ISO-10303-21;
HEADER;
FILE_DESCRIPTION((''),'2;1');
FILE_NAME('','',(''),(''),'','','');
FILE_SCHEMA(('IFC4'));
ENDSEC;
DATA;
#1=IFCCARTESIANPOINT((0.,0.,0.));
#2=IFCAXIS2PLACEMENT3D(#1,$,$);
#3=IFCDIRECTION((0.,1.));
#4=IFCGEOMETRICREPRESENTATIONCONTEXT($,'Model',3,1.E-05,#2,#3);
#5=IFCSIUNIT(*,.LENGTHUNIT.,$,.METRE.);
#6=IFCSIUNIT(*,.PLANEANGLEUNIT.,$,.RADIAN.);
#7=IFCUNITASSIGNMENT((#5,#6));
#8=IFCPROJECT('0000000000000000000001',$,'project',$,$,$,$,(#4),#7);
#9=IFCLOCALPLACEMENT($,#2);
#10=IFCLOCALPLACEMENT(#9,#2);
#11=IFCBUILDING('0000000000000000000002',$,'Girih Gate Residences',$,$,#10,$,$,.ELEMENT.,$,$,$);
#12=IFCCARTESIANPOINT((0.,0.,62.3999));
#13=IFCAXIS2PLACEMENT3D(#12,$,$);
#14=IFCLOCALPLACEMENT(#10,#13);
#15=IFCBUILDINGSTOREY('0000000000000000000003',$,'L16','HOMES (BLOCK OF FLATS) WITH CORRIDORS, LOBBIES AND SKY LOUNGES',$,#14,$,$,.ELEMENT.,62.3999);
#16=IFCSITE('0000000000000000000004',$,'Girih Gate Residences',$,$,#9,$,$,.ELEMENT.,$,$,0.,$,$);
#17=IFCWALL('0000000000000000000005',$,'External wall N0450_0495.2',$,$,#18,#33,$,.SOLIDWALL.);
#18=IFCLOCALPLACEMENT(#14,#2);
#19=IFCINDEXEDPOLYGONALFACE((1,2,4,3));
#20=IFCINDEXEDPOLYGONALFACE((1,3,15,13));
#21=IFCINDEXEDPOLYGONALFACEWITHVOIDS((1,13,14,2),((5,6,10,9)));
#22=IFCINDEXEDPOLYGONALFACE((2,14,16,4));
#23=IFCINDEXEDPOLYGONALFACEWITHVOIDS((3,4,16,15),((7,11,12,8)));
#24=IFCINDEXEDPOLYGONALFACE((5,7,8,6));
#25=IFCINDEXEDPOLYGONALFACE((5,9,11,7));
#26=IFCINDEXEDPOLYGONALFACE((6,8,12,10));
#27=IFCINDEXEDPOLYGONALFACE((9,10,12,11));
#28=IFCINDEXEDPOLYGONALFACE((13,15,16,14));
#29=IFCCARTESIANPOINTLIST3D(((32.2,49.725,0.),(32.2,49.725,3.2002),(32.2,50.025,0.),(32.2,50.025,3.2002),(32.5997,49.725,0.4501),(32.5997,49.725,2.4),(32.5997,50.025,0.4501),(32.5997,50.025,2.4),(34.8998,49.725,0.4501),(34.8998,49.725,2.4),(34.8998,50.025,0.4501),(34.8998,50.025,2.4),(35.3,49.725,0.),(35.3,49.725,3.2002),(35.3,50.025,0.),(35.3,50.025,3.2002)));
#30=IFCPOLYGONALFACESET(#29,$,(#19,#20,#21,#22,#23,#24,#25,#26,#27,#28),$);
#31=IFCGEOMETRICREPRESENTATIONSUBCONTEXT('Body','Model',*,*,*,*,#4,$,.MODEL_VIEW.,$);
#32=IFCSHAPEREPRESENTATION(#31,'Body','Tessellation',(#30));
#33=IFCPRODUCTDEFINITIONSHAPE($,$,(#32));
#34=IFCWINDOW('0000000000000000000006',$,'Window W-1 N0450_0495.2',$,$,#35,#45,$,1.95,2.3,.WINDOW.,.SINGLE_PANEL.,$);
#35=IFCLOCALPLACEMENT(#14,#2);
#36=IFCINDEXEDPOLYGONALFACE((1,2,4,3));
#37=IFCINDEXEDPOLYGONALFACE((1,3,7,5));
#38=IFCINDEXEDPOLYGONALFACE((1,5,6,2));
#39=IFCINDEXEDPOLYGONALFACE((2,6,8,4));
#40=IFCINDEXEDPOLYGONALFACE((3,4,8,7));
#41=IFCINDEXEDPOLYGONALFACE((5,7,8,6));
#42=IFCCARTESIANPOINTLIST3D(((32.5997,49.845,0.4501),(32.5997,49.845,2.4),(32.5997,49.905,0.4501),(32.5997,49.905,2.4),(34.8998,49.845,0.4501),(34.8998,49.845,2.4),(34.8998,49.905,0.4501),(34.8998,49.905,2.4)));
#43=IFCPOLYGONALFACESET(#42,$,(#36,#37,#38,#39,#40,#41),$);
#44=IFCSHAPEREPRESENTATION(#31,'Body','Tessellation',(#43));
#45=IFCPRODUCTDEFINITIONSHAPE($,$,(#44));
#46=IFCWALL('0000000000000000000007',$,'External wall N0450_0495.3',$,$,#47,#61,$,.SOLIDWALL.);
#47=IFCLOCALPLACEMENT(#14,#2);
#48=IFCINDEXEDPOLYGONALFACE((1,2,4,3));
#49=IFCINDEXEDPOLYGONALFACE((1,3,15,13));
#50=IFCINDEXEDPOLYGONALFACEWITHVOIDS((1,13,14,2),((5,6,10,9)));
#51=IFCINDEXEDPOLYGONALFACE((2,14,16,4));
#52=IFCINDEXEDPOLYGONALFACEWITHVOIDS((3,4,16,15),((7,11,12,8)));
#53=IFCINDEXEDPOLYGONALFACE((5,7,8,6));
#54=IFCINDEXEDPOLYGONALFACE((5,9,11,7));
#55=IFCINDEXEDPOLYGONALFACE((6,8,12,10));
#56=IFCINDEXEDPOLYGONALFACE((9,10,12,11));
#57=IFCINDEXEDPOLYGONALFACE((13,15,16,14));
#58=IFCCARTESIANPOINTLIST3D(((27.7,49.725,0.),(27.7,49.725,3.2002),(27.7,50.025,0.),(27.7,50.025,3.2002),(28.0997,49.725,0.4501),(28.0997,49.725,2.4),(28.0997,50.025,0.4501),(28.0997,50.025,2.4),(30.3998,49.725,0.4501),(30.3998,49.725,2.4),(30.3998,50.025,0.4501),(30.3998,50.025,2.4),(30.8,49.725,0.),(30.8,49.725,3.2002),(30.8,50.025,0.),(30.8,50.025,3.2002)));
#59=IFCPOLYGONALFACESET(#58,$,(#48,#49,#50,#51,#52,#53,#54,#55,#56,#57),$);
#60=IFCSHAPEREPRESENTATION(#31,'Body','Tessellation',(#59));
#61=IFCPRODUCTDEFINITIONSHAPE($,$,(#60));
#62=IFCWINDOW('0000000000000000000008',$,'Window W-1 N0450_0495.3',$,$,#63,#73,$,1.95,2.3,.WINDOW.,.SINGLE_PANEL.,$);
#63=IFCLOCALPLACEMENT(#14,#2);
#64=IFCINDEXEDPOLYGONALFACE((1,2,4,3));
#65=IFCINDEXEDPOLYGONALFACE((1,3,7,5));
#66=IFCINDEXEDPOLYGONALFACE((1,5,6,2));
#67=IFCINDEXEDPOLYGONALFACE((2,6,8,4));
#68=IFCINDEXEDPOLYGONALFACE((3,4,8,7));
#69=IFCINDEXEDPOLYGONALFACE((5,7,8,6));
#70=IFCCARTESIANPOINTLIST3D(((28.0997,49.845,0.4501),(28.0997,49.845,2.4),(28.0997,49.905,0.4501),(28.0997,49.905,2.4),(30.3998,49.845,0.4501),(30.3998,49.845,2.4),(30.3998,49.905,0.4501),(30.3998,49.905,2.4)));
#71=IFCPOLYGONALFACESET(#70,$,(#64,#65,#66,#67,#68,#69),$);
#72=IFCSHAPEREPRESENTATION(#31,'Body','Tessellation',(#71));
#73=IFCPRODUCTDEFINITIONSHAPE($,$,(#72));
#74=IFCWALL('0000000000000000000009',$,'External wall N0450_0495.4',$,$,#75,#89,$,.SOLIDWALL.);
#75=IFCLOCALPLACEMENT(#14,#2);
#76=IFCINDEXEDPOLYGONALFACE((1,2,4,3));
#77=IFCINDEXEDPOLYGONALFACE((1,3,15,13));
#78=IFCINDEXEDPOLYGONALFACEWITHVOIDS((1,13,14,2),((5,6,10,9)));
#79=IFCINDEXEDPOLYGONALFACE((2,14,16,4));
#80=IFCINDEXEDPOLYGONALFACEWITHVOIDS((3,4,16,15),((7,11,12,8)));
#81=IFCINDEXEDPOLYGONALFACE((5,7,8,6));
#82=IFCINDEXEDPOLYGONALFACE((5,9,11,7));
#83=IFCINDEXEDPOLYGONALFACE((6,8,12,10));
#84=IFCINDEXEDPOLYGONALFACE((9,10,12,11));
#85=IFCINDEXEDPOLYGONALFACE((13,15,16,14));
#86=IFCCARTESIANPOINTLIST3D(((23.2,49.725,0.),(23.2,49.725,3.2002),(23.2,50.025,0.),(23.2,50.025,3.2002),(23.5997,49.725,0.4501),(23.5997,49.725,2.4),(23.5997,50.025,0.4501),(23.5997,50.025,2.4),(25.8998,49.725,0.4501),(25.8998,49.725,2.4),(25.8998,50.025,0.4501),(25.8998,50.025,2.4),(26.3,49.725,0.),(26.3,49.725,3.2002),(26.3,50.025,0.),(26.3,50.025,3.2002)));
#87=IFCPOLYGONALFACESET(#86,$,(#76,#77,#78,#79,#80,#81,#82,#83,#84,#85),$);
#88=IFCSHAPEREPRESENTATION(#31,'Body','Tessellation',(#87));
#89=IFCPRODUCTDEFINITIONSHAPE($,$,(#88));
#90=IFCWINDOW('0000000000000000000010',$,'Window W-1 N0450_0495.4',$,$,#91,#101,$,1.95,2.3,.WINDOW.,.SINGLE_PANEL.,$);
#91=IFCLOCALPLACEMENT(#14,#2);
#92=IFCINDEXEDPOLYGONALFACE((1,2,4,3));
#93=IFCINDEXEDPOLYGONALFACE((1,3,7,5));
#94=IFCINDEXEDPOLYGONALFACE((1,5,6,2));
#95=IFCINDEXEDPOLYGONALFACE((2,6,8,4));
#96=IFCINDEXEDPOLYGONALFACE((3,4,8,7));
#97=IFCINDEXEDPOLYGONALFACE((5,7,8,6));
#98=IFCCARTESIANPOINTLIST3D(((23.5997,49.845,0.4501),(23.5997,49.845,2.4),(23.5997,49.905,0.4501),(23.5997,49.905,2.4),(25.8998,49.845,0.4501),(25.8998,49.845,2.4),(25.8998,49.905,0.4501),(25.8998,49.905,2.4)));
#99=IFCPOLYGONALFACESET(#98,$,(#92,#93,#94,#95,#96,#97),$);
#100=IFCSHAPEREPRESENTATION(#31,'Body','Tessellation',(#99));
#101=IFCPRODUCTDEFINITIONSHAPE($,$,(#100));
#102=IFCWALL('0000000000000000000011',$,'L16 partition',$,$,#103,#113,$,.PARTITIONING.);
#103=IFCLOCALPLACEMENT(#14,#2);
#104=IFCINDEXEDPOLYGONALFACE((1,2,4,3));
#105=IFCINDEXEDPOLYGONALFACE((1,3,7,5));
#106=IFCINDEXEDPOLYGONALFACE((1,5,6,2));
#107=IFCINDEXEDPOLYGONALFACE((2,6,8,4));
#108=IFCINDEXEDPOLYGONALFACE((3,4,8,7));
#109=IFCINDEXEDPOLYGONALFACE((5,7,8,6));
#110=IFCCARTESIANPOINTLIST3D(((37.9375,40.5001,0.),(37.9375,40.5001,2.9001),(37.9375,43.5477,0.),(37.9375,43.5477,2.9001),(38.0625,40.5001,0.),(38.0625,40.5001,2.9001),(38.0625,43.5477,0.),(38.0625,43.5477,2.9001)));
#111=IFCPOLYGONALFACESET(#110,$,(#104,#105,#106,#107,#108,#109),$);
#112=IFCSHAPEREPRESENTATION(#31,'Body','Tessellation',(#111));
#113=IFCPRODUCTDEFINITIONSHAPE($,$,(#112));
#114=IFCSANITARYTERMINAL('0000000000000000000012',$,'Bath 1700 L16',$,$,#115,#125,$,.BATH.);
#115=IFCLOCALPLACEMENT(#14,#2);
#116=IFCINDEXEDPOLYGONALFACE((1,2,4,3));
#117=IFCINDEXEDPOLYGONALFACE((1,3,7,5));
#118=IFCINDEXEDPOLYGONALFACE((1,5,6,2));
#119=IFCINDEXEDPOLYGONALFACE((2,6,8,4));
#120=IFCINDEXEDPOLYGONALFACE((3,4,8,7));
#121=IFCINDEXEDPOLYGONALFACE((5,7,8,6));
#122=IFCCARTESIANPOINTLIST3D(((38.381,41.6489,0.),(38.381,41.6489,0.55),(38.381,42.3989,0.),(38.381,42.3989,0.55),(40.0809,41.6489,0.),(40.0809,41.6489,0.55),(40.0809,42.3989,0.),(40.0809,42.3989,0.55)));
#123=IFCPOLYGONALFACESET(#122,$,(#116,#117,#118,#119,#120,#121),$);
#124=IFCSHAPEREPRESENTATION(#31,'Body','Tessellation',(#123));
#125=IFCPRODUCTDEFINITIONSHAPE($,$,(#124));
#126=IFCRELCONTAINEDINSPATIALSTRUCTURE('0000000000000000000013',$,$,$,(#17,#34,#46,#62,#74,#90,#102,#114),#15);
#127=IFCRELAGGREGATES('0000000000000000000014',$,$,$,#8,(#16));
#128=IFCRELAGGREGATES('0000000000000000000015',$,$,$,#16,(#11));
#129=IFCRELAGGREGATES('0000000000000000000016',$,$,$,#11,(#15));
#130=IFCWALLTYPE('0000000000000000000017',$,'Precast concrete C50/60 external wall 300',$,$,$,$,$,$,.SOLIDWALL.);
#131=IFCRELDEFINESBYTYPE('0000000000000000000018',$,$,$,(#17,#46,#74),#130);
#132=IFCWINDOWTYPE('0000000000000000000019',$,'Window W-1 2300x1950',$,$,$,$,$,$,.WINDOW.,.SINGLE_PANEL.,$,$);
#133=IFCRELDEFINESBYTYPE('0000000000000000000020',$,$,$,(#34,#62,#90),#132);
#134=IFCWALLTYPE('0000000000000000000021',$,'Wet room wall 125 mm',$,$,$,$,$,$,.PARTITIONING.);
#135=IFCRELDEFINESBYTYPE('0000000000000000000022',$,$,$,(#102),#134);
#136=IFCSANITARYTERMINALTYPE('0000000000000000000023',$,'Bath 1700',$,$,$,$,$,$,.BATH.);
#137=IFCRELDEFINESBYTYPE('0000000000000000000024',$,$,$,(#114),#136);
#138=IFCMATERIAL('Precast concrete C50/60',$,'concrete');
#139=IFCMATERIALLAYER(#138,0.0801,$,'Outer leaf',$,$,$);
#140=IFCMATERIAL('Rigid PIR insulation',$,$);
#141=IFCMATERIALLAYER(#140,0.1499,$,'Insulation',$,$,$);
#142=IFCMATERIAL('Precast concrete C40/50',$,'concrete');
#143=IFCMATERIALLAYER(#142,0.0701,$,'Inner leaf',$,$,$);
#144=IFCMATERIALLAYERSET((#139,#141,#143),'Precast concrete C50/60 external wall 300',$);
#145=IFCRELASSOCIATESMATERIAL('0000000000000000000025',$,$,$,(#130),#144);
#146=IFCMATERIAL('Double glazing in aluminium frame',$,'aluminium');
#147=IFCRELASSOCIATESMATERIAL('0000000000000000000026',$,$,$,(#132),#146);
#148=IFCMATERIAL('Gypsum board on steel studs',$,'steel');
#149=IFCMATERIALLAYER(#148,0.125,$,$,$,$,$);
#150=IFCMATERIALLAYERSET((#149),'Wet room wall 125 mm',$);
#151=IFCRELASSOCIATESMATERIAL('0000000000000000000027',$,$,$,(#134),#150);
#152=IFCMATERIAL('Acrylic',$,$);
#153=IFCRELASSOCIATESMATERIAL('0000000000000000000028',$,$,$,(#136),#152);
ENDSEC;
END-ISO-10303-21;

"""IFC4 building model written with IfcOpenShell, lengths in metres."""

from ifc_helpers import new_model, si_unit, direction, frame, frame_2d, origin, origin_2d, place, context, subcontext, project, spatial, rectangle, extrude, material, layer, layer_set, type_object, element, fill, save


model = new_model("IFC4")

# Units and contexts
model_context = context("Model", 3, precision=1e-05, world=origin(), true_north=direction((0.0, 1.0)))
body_context = subcontext(model_context, "Body", "Model", "MODEL_VIEW")
ifc_project = project(units=[si_unit("LENGTHUNIT", "METRE"), si_unit("PLANEANGLEUNIT", "RADIAN")], contexts=[model_context])

# Site, building, storey
site_placement = place(None, origin())
site = spatial("IfcSite", under=ifc_project, at=site_placement, Name="Girih Gate Residences", CompositionType="ELEMENT", RefElevation=0.0)
building_placement = place(site_placement, origin())
building = spatial("IfcBuilding", under=site, at=building_placement, Name="Girih Gate Residences", CompositionType="ELEMENT")
storey_placement = place(building_placement, frame((0.0, 0.0, 62.3999)))
storey = spatial("IfcBuildingStorey", under=building, at=storey_placement, Name="L16", Description="HOMES (BLOCK OF FLATS) WITH CORRIDORS, LOBBIES AND SKY LOUNGES", CompositionType="ELEMENT", Elevation=62.3999)

# Shared definitions
ifc_material_1 = material(Name="Gypsum board on steel studs", Category="steel")

# Walls, openings, windows
ifc_material_2 = material(Name="Precast concrete C50/60", Category="concrete")
ifc_layer_1 = layer(ifc_material_2, 0.0801, Name="Outer leaf")
ifc_material_3 = material(Name="Rigid PIR insulation")
ifc_layer_2 = layer(ifc_material_3, 0.1499, Name="Insulation")
ifc_material_4 = material(Name="Precast concrete C40/50", Category="concrete")
ifc_layer_3 = layer(ifc_material_4, 0.0701, Name="Inner leaf")
ifc_layer_set_1 = layer_set([ifc_layer_1, ifc_layer_2, ifc_layer_3], Name="Precast concrete C50/60 external wall 300")
wall_type_1 = type_object("IfcWallType", Name="Precast concrete C50/60 external wall 300", PredefinedType="SOLIDWALL", material=ifc_layer_set_1)
ifc_material_5 = material(Name="Double glazing in aluminium frame", Category="aluminium")
window_type = type_object("IfcWindowType", Name="Window W-1 2300x1950", PartitioningType="SINGLE_PANEL", PredefinedType="WINDOW", material=ifc_material_5)
wall_1_placement = place(storey_placement, frame((32.2, 49.875, 0.0), z_axis=(0.0, 0.0, 1.0), x_axis=(1.0, 0.0, 0.0)))
wall_1 = element("IfcWall", 1, at=wall_1_placement, inside=storey, type_object=wall_type_1, Name="External wall N0450_0495.2", PredefinedType="SOLIDWALL", context=body_context, shape_type="SweptSolid", body=[
    extrude(rectangle(XDim=3.1001, YDim=0.3, at=frame_2d((1.55, 0.0))), origin(), (0.0, 0.0, 1.0), 3.2002),
])
opening_1_placement = place(wall_1_placement, frame((0.3999, 0.0, 0.45)))
opening_1 = element("IfcOpeningElement", 2, at=opening_1_placement, cuts=wall_1, PredefinedType="OPENING", context=body_context, shape_type="SweptSolid", body=[
    extrude(rectangle(XDim=2.3, YDim=1.95, at=frame_2d((1.1499, 0.9751))), frame((0.0, 0.1599, 0.0), z_axis=(0.0, -1.0, 0.0), x_axis=(1.0, 0.0, 0.0)), (0.0, 0.0, 1.0), 0.3201),
])
window_1_placement = place(opening_1_placement, origin())
window_1 = element("IfcWindow", 3, at=window_1_placement, inside=storey, type_object=window_type, Name="Window W-1 N0450_0495.2", OverallHeight=1.95, OverallWidth=2.3, PartitioningType="SINGLE_PANEL", PredefinedType="WINDOW", context=body_context, shape_type="SweptSolid", body=[
    extrude(rectangle(XDim=2.3, YDim=1.95, at=frame_2d((1.1499, 0.9751))), frame((0.0, 0.03, 0.0), z_axis=(0.0, -1.0, 0.0), x_axis=(1.0, 0.0, 0.0)), (0.0, 0.0, 1.0), 0.0601),
])
fill(opening_1, window_1)
wall_2_placement = place(storey_placement, frame((27.7, 49.875, 0.0), z_axis=(0.0, 0.0, 1.0), x_axis=(1.0, 0.0, 0.0)))
wall_2 = element("IfcWall", 4, at=wall_2_placement, inside=storey, type_object=wall_type_1, Name="External wall N0450_0495.3", PredefinedType="SOLIDWALL", context=body_context, shape_type="SweptSolid", body=[
    extrude(rectangle(XDim=3.1001, YDim=0.3, at=frame_2d((1.55, 0.0))), origin(), (0.0, 0.0, 1.0), 3.2002),
])
opening_2_placement = place(wall_2_placement, frame((0.3999, 0.0, 0.45)))
opening_2 = element("IfcOpeningElement", 5, at=opening_2_placement, cuts=wall_2, PredefinedType="OPENING", context=body_context, shape_type="SweptSolid", body=[
    extrude(rectangle(XDim=2.3, YDim=1.95, at=frame_2d((1.1499, 0.9751))), frame((0.0, 0.1599, 0.0), z_axis=(0.0, -1.0, 0.0), x_axis=(1.0, 0.0, 0.0)), (0.0, 0.0, 1.0), 0.3201),
])
window_2_placement = place(opening_2_placement, origin())
window_2 = element("IfcWindow", 6, at=window_2_placement, inside=storey, type_object=window_type, Name="Window W-1 N0450_0495.3", OverallHeight=1.95, OverallWidth=2.3, PartitioningType="SINGLE_PANEL", PredefinedType="WINDOW", context=body_context, shape_type="SweptSolid", body=[
    extrude(rectangle(XDim=2.3, YDim=1.95, at=frame_2d((1.1499, 0.9751))), frame((0.0, 0.03, 0.0), z_axis=(0.0, -1.0, 0.0), x_axis=(1.0, 0.0, 0.0)), (0.0, 0.0, 1.0), 0.0601),
])
fill(opening_2, window_2)
wall_3_placement = place(storey_placement, frame((23.2, 49.875, 0.0), z_axis=(0.0, 0.0, 1.0), x_axis=(1.0, 0.0, 0.0)))
wall_3 = element("IfcWall", 7, at=wall_3_placement, inside=storey, type_object=wall_type_1, Name="External wall N0450_0495.4", PredefinedType="SOLIDWALL", context=body_context, shape_type="SweptSolid", body=[
    extrude(rectangle(XDim=3.1001, YDim=0.3, at=frame_2d((1.55, 0.0))), origin(), (0.0, 0.0, 1.0), 3.2002),
])
opening_3_placement = place(wall_3_placement, frame((0.3999, 0.0, 0.45)))
opening_3 = element("IfcOpeningElement", 8, at=opening_3_placement, cuts=wall_3, PredefinedType="OPENING", context=body_context, shape_type="SweptSolid", body=[
    extrude(rectangle(XDim=2.3, YDim=1.95, at=frame_2d((1.1499, 0.9751))), frame((0.0, 0.1599, 0.0), z_axis=(0.0, -1.0, 0.0), x_axis=(1.0, 0.0, 0.0)), (0.0, 0.0, 1.0), 0.3201),
])
window_3_placement = place(opening_3_placement, origin())
window_3 = element("IfcWindow", 9, at=window_3_placement, inside=storey, type_object=window_type, Name="Window W-1 N0450_0495.4", OverallHeight=1.95, OverallWidth=2.3, PartitioningType="SINGLE_PANEL", PredefinedType="WINDOW", context=body_context, shape_type="SweptSolid", body=[
    extrude(rectangle(XDim=2.3, YDim=1.95, at=frame_2d((1.1499, 0.9751))), frame((0.0, 0.03, 0.0), z_axis=(0.0, -1.0, 0.0), x_axis=(1.0, 0.0, 0.0)), (0.0, 0.0, 1.0), 0.0601),
])
fill(opening_3, window_3)

# Wall
ifc_layer_4 = layer(ifc_material_1, 0.125)
ifc_layer_set_2 = layer_set([ifc_layer_4], Name="Wet room wall 125 mm")
wall_type_2 = type_object("IfcWallType", Name="Wet room wall 125 mm", PredefinedType="PARTITIONING", material=ifc_layer_set_2)
wall_4_placement = place(storey_placement, frame((38.0, 40.5, 0.0), z_axis=(0.0, 0.0, 1.0), x_axis=(0.0, 1.0, 0.0)))
element("IfcWall", 10, at=wall_4_placement, inside=storey, type_object=wall_type_2, Name="L16 partition", PredefinedType="PARTITIONING", context=body_context, shape_type="SweptSolid", body=[
    extrude(rectangle(XDim=3.0476, YDim=0.125, at=frame_2d((1.5239, 0.0))), origin(), (0.0, 0.0, 1.0), 2.9001),
])

# Sanitary terminal
ifc_material_6 = material(Name="Acrylic")
sanitary_terminal_type = type_object("IfcSanitaryTerminalType", Name="Bath 1700", PredefinedType="BATH", material=ifc_material_6)
sanitary_terminal_placement = place(storey_placement, frame((39.231, 42.0239, 0.0), z_axis=(0.0, 0.0, 1.0), x_axis=(1.0, 0.0, 0.0)))
element("IfcSanitaryTerminal", 11, at=sanitary_terminal_placement, inside=storey, type_object=sanitary_terminal_type, Name="Bath 1700 L16", PredefinedType="BATH", context=body_context, shape_type="SweptSolid", body=[
    extrude(rectangle(XDim=1.7, YDim=0.75, at=origin_2d()), origin(), (0.0, 0.0, 1.0), 0.55),
])

save(model, "model.ifc")
